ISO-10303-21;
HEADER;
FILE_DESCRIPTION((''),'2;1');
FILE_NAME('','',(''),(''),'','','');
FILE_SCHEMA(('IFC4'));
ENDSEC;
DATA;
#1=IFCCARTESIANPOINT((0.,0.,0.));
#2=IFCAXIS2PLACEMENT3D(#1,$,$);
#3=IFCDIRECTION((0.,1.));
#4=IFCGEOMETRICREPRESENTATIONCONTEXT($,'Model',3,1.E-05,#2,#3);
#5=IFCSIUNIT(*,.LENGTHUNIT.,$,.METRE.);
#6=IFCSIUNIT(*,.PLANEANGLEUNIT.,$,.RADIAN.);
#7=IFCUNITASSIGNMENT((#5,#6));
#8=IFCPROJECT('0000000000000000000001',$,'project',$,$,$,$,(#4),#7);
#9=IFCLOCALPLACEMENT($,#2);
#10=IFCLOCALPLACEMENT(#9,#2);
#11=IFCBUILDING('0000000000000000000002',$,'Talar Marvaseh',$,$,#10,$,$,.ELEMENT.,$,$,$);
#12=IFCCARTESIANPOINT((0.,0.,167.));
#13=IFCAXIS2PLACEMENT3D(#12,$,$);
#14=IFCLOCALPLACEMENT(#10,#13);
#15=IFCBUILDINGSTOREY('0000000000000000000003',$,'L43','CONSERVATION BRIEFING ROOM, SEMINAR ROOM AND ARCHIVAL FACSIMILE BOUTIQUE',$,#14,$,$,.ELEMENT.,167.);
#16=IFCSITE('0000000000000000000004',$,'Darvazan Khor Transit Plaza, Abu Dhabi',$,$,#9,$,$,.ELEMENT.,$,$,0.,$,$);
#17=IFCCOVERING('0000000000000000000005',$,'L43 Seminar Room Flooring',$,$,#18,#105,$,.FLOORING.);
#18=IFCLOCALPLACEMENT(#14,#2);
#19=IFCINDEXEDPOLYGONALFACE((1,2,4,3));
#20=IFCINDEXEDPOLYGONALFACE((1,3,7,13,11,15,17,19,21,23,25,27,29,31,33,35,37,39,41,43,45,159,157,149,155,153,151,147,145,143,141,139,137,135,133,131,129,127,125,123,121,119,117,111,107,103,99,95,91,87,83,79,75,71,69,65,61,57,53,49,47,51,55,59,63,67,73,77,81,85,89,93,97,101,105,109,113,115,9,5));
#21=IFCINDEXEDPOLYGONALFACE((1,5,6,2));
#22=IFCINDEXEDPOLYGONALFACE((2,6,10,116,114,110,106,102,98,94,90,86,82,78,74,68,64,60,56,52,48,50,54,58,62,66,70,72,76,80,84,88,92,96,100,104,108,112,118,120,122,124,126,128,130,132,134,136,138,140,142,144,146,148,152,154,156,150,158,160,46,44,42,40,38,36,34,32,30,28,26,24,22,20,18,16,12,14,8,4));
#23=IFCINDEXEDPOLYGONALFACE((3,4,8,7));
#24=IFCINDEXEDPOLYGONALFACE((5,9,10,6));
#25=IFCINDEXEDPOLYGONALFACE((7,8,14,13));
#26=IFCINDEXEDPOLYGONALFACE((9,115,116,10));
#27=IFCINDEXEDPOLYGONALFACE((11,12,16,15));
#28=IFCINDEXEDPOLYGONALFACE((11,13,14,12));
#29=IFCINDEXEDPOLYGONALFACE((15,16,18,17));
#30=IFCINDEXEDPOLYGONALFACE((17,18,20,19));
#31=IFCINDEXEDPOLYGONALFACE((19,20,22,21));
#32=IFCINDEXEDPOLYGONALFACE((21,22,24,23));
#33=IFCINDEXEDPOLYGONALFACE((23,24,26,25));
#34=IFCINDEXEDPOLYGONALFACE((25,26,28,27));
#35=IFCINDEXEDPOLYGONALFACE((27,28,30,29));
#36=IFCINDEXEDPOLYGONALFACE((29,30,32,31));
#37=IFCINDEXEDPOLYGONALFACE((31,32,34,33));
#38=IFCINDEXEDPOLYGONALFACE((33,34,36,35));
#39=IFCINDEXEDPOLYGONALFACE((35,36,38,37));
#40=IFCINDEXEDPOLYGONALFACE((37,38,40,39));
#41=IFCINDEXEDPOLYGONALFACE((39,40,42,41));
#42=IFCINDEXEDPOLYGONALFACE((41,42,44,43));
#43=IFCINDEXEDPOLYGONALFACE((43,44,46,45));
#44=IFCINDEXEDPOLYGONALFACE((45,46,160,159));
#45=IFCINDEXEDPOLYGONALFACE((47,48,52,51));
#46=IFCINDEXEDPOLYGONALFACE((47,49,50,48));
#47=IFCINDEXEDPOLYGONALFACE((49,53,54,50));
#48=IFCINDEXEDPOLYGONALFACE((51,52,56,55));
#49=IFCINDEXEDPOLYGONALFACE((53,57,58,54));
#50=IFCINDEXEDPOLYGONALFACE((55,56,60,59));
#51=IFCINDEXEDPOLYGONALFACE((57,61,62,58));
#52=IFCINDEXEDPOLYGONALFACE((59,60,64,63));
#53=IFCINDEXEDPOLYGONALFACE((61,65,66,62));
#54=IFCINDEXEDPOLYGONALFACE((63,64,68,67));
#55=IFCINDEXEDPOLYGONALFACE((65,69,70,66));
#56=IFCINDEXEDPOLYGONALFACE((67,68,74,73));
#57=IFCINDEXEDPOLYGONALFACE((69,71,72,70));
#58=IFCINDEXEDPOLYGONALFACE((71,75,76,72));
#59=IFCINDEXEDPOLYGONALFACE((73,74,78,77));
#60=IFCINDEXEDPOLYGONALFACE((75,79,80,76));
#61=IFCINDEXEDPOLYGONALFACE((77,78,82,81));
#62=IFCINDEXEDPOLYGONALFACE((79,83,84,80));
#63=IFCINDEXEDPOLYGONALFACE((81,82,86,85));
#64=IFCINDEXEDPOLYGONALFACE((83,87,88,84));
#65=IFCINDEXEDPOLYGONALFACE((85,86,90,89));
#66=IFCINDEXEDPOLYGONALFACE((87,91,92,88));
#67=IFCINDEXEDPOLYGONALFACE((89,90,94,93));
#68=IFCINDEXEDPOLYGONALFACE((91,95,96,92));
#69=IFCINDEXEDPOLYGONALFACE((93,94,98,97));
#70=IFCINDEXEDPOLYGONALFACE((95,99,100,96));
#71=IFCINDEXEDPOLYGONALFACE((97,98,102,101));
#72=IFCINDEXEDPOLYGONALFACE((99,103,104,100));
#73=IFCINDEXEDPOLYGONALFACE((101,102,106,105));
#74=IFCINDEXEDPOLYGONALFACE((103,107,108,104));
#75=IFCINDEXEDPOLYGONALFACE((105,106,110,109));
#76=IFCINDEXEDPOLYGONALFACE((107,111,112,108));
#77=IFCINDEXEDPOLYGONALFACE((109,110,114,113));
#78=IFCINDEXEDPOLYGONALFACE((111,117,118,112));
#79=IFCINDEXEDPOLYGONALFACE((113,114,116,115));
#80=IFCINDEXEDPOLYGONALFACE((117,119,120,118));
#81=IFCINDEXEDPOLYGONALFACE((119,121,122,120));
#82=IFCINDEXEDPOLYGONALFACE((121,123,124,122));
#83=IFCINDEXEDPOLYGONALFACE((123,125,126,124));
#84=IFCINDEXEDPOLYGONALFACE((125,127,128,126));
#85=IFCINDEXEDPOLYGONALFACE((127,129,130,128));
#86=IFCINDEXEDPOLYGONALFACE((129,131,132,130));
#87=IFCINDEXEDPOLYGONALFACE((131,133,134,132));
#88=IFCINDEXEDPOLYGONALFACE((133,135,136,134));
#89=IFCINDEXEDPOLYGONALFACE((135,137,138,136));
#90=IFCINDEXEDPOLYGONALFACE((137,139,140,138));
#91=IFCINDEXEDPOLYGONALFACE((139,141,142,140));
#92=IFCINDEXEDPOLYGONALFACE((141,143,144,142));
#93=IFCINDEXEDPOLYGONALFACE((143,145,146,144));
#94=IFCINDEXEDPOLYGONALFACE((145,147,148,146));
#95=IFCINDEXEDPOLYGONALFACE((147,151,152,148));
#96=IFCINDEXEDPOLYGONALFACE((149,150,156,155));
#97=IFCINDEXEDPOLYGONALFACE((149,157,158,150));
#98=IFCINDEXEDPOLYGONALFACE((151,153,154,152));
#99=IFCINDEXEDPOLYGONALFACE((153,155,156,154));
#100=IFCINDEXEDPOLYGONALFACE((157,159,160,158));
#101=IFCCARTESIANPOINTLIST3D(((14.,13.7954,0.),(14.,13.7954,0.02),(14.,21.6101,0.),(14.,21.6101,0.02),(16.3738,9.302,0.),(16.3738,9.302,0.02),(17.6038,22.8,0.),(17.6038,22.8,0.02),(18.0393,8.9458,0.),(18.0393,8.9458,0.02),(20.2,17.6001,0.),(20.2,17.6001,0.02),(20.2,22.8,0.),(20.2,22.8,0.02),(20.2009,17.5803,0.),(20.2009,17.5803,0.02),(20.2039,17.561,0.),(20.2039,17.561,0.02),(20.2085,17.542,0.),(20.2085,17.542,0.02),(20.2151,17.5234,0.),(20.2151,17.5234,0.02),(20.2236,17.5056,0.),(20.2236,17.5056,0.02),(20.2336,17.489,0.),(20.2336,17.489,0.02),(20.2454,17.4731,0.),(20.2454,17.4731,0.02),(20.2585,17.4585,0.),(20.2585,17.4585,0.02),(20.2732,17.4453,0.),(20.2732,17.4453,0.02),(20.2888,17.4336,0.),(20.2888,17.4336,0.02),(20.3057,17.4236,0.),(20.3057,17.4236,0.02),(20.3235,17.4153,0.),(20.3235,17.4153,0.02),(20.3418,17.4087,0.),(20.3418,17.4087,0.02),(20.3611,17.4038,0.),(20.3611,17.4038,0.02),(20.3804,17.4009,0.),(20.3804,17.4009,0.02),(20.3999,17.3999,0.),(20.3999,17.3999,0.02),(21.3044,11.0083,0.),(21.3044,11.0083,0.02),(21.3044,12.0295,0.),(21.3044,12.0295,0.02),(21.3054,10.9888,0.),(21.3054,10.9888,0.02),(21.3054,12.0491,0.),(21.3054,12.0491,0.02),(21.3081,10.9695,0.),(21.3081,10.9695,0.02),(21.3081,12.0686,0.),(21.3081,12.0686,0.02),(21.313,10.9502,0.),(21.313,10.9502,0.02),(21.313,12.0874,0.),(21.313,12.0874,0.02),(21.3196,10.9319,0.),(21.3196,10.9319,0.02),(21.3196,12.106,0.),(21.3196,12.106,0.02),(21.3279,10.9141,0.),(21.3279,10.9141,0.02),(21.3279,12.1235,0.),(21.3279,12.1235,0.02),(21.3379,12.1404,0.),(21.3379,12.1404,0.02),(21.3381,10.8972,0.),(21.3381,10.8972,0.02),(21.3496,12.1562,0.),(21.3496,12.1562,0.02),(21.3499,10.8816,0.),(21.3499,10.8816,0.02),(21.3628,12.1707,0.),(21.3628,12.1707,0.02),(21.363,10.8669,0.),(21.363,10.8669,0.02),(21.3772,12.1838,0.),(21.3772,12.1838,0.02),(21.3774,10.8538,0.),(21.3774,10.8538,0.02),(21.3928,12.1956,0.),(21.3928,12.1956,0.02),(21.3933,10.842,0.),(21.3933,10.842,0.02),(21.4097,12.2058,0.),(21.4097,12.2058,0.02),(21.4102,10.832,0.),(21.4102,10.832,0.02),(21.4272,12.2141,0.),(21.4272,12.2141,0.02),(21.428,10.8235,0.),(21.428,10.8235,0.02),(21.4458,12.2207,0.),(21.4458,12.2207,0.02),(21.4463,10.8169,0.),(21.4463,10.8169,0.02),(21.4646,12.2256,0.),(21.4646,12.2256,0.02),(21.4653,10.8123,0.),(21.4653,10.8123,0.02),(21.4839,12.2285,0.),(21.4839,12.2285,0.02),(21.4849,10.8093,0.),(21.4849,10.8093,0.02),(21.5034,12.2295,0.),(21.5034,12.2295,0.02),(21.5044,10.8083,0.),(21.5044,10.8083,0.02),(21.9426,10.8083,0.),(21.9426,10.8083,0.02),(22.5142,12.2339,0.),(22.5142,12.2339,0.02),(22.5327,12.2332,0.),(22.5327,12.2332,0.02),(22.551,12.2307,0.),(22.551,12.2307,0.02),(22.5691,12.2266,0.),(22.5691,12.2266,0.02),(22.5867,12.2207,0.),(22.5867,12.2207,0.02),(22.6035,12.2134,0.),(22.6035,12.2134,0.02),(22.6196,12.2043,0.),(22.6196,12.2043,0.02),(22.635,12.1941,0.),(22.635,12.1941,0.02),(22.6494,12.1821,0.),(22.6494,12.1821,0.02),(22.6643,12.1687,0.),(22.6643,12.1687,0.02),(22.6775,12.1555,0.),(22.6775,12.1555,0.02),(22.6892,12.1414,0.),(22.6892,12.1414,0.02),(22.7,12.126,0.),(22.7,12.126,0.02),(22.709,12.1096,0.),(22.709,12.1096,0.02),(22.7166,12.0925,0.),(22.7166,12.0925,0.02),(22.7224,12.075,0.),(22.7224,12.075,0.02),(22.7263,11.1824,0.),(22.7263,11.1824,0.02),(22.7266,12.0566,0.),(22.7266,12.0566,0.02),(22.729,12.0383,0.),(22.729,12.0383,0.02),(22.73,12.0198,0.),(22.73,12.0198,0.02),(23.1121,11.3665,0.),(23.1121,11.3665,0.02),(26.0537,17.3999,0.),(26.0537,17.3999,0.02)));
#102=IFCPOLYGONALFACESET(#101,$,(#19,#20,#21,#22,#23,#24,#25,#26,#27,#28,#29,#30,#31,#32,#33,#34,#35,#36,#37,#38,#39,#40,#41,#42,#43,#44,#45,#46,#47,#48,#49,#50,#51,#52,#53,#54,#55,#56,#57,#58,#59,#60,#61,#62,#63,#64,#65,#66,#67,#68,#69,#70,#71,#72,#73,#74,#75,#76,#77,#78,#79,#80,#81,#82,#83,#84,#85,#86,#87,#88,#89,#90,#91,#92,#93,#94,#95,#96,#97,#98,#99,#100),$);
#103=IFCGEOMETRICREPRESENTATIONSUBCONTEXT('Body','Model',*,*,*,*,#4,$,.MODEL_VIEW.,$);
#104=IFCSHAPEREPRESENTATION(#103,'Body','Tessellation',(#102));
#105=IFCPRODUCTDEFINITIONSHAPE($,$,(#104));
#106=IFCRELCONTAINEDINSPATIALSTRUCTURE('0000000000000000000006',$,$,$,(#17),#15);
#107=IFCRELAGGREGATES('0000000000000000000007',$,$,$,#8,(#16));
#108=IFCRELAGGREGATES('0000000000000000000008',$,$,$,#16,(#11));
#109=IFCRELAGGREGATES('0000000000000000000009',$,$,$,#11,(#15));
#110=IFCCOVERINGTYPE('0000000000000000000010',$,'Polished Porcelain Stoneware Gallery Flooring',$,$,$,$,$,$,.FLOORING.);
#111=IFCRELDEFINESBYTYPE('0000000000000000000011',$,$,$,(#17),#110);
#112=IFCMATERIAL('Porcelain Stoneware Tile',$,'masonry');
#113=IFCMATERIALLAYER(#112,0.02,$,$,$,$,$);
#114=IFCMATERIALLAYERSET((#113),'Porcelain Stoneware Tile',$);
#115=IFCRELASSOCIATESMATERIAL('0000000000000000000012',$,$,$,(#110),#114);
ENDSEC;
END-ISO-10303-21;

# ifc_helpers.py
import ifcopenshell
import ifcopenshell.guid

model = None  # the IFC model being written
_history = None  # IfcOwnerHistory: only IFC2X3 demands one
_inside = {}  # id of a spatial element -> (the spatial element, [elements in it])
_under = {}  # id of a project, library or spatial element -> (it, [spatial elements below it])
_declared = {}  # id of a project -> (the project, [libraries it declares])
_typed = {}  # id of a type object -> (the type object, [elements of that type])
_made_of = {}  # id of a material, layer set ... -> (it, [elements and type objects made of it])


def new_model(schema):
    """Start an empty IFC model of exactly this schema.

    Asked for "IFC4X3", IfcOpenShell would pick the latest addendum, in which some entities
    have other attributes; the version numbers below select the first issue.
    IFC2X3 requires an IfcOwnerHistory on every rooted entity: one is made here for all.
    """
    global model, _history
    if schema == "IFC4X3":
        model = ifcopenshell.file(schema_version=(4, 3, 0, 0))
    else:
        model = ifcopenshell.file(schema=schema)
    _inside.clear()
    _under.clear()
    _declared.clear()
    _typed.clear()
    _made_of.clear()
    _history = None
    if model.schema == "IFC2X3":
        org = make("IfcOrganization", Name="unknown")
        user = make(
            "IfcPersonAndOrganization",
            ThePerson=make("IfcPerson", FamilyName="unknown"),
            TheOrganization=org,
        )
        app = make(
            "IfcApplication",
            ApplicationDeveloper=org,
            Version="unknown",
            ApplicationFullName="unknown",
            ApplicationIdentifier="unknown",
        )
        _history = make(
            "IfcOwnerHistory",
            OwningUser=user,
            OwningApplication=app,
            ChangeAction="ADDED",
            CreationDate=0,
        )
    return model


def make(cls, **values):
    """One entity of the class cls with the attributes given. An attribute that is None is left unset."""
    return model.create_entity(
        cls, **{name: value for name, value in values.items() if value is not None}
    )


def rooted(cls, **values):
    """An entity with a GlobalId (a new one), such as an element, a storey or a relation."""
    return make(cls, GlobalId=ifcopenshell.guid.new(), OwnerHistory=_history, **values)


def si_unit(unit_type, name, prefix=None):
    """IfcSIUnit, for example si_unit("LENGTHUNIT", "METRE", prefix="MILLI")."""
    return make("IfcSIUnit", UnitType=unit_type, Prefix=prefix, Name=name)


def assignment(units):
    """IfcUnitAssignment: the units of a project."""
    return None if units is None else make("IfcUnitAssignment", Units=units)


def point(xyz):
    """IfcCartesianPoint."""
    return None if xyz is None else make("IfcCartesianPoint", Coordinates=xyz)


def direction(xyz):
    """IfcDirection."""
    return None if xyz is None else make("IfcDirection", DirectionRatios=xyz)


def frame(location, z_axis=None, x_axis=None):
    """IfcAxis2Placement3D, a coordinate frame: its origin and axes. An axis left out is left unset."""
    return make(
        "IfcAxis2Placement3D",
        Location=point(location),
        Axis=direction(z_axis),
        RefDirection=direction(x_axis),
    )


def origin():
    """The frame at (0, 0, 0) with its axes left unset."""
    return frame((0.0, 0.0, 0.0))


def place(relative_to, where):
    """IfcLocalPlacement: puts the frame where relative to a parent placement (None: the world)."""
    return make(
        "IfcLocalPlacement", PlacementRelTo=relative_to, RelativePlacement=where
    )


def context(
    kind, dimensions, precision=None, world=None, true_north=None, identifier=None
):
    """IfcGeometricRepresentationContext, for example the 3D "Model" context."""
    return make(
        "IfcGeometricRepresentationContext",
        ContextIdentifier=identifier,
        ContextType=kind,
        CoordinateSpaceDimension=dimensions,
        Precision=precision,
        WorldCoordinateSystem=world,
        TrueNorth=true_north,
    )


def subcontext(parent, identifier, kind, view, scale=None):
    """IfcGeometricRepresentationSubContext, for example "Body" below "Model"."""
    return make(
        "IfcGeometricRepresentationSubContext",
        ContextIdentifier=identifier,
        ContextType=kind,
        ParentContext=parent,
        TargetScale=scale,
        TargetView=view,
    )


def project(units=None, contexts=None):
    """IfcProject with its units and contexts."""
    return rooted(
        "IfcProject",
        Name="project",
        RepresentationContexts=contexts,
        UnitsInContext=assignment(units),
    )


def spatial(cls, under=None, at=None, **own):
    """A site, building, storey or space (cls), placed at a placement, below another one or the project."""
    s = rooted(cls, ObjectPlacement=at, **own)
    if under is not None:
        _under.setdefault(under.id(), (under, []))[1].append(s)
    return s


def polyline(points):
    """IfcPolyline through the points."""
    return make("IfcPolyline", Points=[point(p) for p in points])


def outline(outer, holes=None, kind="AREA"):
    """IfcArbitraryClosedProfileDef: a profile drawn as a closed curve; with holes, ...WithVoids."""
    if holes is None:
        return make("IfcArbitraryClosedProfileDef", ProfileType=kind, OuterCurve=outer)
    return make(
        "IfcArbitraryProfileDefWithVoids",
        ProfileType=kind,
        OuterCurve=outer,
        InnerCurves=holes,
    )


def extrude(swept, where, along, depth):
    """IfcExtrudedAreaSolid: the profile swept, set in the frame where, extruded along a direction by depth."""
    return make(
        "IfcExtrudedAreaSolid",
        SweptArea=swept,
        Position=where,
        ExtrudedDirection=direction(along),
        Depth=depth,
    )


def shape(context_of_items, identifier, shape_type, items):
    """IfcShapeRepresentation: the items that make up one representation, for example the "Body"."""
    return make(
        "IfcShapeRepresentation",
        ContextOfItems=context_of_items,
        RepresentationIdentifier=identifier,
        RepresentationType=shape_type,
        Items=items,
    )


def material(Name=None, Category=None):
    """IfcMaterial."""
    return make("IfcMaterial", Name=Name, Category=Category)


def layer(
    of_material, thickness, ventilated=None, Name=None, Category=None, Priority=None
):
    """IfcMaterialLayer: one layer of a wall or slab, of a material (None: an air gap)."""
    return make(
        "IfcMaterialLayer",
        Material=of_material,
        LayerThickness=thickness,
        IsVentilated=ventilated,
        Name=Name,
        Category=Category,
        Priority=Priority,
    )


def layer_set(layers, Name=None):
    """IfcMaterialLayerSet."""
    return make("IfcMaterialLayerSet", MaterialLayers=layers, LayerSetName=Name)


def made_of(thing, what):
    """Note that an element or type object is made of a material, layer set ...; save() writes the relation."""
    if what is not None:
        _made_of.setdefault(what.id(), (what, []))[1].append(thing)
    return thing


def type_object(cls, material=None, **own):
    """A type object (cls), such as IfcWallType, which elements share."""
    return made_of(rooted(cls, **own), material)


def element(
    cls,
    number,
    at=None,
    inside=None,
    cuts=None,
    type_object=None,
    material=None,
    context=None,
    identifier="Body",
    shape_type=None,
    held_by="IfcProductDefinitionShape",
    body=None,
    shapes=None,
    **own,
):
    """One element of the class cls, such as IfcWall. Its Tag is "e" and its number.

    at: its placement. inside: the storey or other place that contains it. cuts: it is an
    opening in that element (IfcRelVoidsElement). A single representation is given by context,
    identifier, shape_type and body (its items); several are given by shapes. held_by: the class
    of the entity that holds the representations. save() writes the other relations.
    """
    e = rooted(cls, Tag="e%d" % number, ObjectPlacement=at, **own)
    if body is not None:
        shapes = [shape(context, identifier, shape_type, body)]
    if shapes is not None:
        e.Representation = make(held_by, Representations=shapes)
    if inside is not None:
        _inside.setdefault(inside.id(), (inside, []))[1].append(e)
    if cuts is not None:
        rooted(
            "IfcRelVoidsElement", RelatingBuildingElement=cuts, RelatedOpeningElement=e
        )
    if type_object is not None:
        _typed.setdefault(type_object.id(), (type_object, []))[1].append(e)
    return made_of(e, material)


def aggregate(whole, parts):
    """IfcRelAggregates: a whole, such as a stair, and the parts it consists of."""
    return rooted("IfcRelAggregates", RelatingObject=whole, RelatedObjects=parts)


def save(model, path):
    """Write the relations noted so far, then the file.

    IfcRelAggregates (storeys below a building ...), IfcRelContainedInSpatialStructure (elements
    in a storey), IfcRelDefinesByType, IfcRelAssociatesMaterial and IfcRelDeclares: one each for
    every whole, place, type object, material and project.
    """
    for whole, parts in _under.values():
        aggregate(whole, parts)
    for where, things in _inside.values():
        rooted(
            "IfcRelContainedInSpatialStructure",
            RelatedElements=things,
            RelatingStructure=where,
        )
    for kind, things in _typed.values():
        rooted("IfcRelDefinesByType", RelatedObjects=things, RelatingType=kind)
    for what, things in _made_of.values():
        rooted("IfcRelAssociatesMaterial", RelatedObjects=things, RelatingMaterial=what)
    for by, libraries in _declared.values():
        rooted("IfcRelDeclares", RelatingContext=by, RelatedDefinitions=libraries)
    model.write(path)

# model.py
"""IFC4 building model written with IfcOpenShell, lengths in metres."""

from ifc_helpers import new_model, si_unit, direction, frame, origin, place, context, subcontext, project, spatial, polyline, outline, extrude, material, layer, layer_set, type_object, element, save


model = new_model("IFC4")

# Units and contexts
model_context = context("Model", 3, precision=1e-05, world=origin(), true_north=direction((0.0, 1.0)))
body_context = subcontext(model_context, "Body", "Model", "MODEL_VIEW")
ifc_project = project(units=[si_unit("LENGTHUNIT", "METRE"), si_unit("PLANEANGLEUNIT", "RADIAN")], contexts=[model_context])

# Site, building, storey
site_placement = place(None, origin())
site = spatial("IfcSite", under=ifc_project, at=site_placement, Name="Darvazan Khor Transit Plaza, Abu Dhabi", CompositionType="ELEMENT", RefElevation=0.0)
building_placement = place(site_placement, origin())
building = spatial("IfcBuilding", under=site, at=building_placement, Name="Talar Marvaseh", CompositionType="ELEMENT")
storey_placement = place(building_placement, frame((0.0, 0.0, 167.0)))
storey = spatial("IfcBuildingStorey", under=building, at=storey_placement, Name="L43", Description="CONSERVATION BRIEFING ROOM, SEMINAR ROOM AND ARCHIVAL FACSIMILE BOUTIQUE", CompositionType="ELEMENT", Elevation=167.0)

# Covering
ifc_material_1 = material(Name="Porcelain Stoneware Tile", Category="masonry")
ifc_layer_1 = layer(ifc_material_1, 0.02)
ifc_layer_set_1 = layer_set([ifc_layer_1], Name="Porcelain Stoneware Tile")
covering_type_1 = type_object("IfcCoveringType", Name="Polished Porcelain Stoneware Gallery Flooring", PredefinedType="FLOORING", material=ifc_layer_set_1)
covering_1_placement = place(storey_placement, origin())
element("IfcCovering", 1, at=covering_1_placement, inside=storey, type_object=covering_type_1, Name="L43 Seminar Room Flooring", PredefinedType="FLOORING", context=body_context, shape_type="SweptSolid", body=[
    extrude(outline(polyline([(14.0, 21.6101), (17.6038, 22.8), (20.2, 22.8), (20.2, 17.6001), (20.2009, 17.5803), (20.2039, 17.561), (20.2085, 17.542), (20.2151, 17.5234), (20.2236, 17.5056), (20.2336, 17.489), (20.2454, 17.4731), (20.2585, 17.4585), (20.2732, 17.4453), (20.2888, 17.4336), (20.3057, 17.4236), (20.3235, 17.4153), (20.3418, 17.4087), (20.3611, 17.4038), (20.3804, 17.4009), (20.3999, 17.3999), (26.0537, 17.3999), (23.1121, 11.3665), (22.7263, 11.1824), (22.73, 12.0198), (22.729, 12.0383), (22.7266, 12.0566), (22.7224, 12.075), (22.7166, 12.0925), (22.709, 12.1096), (22.7, 12.126), (22.6892, 12.1414), (22.6775, 12.1555), (22.6643, 12.1687), (22.6494, 12.1821), (22.635, 12.1941), (22.6196, 12.2043), (22.6035, 12.2134), (22.5867, 12.2207), (22.5691, 12.2266), (22.551, 12.2307), (22.5327, 12.2332), (22.5142, 12.2339), (21.5034, 12.2295), (21.4839, 12.2285), (21.4646, 12.2256), (21.4458, 12.2207), (21.4272, 12.2141), (21.4097, 12.2058), (21.3928, 12.1956), (21.3772, 12.1838), (21.3628, 12.1707), (21.3496, 12.1562), (21.3379, 12.1404), (21.3279, 12.1235), (21.3196, 12.106), (21.313, 12.0874), (21.3081, 12.0686), (21.3054, 12.0491), (21.3044, 12.0295), (21.3044, 11.0083), (21.3054, 10.9888), (21.3081, 10.9695), (21.313, 10.9502), (21.3196, 10.9319), (21.3279, 10.9141), (21.3381, 10.8972), (21.3499, 10.8816), (21.363, 10.8669), (21.3774, 10.8538), (21.3933, 10.842), (21.4102, 10.832), (21.428, 10.8235), (21.4463, 10.8169), (21.4653, 10.8123), (21.4849, 10.8093), (21.5044, 10.8083), (21.9426, 10.8083), (18.0393, 8.9458), (16.3738, 9.302), (14.0, 13.7954), (14.0, 21.6101)])), origin(), (0.0, 0.0, 1.0), 0.02),
])

save(model, "model.ifc")
